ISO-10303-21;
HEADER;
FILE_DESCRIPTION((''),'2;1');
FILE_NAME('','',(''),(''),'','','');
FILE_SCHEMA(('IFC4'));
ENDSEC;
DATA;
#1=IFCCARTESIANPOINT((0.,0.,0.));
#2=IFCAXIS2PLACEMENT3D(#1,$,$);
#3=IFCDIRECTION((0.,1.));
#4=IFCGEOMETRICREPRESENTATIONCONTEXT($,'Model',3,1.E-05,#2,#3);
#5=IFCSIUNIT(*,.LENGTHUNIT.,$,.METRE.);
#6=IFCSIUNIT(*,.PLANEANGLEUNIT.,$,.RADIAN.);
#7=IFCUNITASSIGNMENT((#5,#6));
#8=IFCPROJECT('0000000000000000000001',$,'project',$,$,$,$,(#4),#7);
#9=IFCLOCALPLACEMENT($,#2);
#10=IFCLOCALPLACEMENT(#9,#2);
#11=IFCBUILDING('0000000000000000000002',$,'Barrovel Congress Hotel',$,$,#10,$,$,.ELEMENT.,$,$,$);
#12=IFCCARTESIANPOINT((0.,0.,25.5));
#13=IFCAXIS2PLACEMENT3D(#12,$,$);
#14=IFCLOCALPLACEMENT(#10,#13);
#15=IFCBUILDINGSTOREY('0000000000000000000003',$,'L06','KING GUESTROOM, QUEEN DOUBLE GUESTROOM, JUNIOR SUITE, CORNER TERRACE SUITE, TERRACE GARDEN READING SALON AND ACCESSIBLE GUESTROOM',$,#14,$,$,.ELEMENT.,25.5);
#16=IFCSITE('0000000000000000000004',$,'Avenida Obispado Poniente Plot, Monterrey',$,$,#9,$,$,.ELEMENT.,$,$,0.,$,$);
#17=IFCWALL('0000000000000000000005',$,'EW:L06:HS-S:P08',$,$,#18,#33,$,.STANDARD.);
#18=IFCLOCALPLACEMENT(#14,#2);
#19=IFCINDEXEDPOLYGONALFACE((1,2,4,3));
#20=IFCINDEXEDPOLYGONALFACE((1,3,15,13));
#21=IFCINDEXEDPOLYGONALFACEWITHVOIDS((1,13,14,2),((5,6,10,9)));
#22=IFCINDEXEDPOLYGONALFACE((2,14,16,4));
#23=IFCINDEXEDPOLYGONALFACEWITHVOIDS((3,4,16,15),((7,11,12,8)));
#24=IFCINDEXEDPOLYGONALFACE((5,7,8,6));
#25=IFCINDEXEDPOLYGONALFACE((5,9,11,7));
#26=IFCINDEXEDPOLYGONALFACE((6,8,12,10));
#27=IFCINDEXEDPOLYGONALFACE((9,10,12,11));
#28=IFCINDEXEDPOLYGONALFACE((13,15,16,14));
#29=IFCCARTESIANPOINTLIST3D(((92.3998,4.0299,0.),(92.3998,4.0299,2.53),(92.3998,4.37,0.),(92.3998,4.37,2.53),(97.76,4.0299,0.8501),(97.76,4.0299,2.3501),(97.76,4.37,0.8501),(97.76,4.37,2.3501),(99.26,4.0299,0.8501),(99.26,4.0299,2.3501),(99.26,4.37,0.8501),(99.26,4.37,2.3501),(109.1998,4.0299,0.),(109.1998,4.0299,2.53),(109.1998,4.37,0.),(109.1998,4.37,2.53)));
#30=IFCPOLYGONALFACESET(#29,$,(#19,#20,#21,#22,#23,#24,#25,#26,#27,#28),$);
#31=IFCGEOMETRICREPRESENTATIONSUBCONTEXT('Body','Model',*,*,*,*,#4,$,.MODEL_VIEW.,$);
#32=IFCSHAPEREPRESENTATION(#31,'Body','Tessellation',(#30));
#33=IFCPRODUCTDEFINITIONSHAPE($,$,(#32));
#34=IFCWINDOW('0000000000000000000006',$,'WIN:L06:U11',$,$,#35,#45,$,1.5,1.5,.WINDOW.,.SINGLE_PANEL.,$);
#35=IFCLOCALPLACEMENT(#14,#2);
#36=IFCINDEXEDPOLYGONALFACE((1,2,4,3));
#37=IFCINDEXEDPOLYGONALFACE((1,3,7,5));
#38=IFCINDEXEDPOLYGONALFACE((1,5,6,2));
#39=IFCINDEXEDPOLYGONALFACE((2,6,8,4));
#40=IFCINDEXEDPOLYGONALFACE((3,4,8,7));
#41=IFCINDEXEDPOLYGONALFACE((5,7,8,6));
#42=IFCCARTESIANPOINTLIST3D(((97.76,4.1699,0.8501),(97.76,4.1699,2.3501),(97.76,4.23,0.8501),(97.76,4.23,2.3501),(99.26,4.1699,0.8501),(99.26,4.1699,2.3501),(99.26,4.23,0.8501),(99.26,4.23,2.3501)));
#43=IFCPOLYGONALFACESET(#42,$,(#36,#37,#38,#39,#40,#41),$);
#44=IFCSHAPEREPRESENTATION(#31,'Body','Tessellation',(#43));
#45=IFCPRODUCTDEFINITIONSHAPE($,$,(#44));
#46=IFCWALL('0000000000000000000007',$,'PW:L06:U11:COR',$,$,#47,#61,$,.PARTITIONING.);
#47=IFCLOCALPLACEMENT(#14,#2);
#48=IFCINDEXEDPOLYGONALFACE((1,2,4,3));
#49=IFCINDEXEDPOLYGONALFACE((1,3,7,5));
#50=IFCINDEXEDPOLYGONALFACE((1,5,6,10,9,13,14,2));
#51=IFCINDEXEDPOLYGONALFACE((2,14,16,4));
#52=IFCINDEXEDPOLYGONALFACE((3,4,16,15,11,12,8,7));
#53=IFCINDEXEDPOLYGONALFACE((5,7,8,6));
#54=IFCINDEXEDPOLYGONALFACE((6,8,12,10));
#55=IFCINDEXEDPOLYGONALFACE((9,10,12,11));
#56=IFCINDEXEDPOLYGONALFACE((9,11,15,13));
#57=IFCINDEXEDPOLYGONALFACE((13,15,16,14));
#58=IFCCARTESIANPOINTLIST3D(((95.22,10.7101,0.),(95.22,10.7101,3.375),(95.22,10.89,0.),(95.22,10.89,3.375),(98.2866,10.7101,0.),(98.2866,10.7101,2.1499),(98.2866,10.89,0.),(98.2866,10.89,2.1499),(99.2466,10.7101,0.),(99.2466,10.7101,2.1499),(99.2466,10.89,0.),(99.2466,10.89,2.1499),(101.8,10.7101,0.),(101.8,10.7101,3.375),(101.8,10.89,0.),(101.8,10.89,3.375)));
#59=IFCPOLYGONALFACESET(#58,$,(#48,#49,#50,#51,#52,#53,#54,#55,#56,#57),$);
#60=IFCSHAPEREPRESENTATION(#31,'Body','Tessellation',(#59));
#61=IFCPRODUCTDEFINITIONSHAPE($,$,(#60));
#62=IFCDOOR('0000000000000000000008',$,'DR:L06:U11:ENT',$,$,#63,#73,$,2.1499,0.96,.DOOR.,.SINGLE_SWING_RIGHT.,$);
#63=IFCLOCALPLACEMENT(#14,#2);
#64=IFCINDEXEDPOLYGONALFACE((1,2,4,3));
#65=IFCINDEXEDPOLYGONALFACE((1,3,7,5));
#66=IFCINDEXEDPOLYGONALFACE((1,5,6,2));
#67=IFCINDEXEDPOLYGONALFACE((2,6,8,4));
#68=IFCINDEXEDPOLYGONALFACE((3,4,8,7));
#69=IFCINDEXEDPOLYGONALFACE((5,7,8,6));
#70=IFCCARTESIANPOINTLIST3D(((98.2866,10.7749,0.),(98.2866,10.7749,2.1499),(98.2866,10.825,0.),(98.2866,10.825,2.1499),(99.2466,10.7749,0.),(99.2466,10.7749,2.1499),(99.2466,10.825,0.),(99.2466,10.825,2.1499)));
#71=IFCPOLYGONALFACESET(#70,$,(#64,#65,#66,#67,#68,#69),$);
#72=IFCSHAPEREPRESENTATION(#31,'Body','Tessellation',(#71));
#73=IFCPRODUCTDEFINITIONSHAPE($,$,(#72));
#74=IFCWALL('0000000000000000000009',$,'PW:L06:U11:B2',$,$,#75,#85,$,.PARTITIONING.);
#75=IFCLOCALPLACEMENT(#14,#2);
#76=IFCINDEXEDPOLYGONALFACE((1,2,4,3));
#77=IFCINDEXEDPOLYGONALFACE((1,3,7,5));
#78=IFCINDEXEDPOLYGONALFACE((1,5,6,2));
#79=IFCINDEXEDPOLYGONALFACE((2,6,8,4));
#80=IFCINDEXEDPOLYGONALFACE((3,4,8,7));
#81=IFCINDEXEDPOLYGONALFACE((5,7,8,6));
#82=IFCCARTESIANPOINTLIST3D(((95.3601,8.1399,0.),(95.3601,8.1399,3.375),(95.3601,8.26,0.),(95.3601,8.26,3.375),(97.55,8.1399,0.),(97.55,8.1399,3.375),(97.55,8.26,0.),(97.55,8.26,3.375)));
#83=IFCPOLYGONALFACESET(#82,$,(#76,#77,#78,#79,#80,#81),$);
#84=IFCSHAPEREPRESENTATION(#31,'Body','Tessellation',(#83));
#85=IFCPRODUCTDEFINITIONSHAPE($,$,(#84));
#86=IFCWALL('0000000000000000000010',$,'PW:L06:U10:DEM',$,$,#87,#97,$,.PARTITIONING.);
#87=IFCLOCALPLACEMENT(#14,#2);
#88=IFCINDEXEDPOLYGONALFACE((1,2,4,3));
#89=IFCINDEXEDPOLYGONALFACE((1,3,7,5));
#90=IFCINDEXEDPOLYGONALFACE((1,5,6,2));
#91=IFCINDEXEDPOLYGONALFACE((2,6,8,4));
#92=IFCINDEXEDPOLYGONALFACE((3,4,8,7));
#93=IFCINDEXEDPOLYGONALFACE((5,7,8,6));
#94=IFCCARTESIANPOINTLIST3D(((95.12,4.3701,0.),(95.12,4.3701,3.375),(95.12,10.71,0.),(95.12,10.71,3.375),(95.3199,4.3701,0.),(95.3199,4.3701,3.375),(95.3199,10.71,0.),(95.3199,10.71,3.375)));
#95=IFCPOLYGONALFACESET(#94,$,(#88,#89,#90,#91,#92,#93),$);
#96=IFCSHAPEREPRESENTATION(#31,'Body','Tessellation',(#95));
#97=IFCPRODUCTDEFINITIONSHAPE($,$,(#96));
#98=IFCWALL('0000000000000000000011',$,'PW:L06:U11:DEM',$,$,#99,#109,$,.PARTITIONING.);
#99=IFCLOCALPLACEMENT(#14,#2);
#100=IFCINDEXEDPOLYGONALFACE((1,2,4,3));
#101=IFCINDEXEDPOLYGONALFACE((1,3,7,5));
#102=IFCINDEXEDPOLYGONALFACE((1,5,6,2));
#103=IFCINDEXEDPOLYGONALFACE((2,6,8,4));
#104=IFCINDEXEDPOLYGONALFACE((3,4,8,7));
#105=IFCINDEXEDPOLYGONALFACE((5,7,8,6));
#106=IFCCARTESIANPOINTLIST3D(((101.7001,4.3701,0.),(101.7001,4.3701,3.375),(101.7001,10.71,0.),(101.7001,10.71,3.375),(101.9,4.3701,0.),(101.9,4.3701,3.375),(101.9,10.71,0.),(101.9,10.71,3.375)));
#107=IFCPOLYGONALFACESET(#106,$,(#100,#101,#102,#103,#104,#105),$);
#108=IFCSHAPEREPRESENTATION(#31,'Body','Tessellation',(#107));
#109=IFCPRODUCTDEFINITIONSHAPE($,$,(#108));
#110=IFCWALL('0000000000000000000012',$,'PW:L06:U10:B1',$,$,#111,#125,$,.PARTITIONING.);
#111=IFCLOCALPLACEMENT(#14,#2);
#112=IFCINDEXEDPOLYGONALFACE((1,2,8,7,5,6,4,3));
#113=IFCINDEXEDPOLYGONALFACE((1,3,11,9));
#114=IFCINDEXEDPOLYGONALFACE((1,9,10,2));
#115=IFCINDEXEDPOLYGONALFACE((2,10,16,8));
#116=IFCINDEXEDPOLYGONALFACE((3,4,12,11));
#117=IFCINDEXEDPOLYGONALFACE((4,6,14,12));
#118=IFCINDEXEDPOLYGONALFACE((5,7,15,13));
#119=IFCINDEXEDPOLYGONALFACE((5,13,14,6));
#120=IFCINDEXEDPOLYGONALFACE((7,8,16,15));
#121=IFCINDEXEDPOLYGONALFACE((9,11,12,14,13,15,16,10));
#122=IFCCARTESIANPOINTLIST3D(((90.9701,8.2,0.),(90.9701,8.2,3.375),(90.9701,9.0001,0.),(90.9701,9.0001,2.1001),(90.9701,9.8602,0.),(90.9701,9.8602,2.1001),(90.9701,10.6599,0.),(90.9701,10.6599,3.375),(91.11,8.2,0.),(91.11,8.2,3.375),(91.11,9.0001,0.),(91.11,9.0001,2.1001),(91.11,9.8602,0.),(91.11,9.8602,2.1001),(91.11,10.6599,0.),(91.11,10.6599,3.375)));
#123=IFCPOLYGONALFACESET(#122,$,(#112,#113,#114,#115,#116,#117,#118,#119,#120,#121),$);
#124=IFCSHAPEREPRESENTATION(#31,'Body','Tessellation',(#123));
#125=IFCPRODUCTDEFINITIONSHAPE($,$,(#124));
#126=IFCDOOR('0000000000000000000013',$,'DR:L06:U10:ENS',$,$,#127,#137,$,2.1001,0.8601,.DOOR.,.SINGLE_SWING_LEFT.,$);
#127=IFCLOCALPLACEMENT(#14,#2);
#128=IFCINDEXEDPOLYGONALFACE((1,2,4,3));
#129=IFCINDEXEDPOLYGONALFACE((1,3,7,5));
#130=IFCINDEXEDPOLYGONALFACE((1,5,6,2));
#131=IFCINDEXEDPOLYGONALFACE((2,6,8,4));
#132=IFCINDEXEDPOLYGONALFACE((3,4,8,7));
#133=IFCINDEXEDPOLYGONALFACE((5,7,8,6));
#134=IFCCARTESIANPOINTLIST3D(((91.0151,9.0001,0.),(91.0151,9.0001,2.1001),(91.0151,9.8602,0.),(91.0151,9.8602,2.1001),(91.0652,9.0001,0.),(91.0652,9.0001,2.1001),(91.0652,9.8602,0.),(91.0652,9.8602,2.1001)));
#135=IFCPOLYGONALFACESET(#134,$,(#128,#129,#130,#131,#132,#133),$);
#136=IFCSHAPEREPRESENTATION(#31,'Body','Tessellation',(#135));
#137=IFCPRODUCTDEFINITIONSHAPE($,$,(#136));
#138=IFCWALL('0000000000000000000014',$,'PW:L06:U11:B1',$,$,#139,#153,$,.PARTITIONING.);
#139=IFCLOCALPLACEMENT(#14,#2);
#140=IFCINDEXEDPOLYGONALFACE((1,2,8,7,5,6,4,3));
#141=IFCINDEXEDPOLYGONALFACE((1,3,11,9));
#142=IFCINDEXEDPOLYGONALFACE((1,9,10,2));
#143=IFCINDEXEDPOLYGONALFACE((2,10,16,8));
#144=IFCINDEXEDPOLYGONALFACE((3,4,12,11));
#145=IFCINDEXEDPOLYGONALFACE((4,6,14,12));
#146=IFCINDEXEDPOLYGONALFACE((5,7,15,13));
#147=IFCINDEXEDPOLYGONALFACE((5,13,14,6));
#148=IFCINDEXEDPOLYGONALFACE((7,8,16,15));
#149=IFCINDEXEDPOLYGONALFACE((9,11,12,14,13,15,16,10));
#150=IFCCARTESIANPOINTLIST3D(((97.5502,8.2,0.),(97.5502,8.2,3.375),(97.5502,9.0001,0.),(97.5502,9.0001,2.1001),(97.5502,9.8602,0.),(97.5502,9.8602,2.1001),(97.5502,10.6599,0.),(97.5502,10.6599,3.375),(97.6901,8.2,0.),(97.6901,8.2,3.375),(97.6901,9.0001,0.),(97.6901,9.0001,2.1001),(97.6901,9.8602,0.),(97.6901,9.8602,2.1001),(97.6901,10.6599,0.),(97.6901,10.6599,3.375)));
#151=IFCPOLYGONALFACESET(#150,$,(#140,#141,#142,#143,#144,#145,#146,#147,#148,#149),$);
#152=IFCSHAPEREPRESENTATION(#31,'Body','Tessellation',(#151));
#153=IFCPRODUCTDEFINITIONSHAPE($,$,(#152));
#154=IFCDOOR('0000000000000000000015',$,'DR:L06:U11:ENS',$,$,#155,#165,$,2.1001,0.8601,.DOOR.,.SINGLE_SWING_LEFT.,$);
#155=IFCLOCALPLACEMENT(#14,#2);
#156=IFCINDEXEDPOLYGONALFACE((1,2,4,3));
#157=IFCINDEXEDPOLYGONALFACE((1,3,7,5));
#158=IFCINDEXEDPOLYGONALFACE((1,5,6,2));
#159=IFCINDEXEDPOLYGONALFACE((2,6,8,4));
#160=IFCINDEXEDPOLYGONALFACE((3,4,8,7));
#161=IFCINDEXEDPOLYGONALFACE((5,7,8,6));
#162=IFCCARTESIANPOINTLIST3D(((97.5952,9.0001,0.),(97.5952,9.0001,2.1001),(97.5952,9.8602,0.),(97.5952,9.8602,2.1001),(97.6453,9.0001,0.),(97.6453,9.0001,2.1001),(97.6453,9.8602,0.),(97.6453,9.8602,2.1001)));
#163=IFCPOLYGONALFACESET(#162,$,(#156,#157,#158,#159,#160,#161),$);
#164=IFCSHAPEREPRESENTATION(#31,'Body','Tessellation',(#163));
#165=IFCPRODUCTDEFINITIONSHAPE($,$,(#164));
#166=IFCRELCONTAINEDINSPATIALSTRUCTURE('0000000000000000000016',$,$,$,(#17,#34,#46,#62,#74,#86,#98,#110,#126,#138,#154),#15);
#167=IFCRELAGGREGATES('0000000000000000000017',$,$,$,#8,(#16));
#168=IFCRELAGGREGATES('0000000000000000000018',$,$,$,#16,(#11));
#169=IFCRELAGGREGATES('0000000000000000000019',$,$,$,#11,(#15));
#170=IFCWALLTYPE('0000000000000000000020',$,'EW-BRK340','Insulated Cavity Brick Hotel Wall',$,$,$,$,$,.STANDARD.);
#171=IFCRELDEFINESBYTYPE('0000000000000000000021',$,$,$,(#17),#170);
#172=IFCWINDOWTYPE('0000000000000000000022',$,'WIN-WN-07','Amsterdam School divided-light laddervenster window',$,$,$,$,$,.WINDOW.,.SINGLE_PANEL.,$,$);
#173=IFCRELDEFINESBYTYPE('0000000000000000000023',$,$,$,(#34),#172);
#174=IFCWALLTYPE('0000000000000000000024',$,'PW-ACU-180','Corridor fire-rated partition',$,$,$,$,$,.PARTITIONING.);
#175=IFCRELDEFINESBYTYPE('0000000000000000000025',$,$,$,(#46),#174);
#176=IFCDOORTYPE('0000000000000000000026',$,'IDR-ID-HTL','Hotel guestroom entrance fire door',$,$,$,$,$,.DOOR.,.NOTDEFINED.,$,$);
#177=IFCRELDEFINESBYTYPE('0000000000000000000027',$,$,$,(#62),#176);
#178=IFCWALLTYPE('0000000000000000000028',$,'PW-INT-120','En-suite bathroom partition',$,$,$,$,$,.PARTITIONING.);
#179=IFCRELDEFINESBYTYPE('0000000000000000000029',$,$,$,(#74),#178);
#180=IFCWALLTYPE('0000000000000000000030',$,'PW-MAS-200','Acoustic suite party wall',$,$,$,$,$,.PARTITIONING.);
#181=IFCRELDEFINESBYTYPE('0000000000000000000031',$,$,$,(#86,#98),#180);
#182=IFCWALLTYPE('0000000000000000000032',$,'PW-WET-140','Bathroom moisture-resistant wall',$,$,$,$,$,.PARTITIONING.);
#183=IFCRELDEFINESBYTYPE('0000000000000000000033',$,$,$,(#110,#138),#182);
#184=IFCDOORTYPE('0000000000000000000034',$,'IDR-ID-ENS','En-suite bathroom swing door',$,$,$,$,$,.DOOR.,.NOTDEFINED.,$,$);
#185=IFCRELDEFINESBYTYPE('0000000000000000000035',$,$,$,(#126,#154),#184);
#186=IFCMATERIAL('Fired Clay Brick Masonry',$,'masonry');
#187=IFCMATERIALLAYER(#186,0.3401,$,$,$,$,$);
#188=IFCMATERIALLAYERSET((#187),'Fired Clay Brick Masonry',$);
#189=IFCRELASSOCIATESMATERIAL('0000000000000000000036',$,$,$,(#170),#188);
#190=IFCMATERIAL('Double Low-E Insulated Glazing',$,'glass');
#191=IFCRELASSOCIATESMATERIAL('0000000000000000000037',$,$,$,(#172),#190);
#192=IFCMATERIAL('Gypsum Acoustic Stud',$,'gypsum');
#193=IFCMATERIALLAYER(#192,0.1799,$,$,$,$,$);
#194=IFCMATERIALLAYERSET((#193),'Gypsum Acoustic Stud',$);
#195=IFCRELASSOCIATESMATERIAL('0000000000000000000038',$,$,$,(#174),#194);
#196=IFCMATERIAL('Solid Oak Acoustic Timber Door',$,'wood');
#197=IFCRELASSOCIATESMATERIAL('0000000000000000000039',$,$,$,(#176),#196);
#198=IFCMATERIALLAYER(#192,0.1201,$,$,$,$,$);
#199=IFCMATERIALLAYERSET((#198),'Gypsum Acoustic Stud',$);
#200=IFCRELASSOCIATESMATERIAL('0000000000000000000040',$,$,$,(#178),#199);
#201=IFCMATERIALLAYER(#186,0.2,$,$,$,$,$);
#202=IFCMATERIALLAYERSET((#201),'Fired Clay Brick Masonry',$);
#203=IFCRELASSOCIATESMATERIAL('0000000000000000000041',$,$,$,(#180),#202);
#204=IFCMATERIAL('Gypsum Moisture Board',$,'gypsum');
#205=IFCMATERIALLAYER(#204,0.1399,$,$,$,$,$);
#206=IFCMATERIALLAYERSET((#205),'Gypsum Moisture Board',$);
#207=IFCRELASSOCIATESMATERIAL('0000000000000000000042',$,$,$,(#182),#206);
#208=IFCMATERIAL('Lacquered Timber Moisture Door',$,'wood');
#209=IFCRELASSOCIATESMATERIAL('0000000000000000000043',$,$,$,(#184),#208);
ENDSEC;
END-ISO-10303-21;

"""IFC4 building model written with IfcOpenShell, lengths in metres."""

from ifc_helpers import new_model, si_unit, direction, frame, frame_2d, origin, place, context, subcontext, project, spatial, rectangle, extrude, material, layer, layer_set, type_object, element, fill, save


model = new_model("IFC4")

# Units and contexts
model_context = context("Model", 3, precision=1e-05, world=origin(), true_north=direction((0.0, 1.0)))
body_context = subcontext(model_context, "Body", "Model", "MODEL_VIEW")
ifc_project = project(units=[si_unit("LENGTHUNIT", "METRE"), si_unit("PLANEANGLEUNIT", "RADIAN")], contexts=[model_context])

# Site, building, storey
site_placement = place(None, origin())
site = spatial("IfcSite", under=ifc_project, at=site_placement, Name="Avenida Obispado Poniente Plot, Monterrey", CompositionType="ELEMENT", RefElevation=0.0)
building_placement = place(site_placement, origin())
building = spatial("IfcBuilding", under=site, at=building_placement, Name="Barrovel Congress Hotel", CompositionType="ELEMENT")
storey_placement = place(building_placement, frame((0.0, 0.0, 25.5)))
storey = spatial("IfcBuildingStorey", under=building, at=storey_placement, Name="L06", Description="KING GUESTROOM, QUEEN DOUBLE GUESTROOM, JUNIOR SUITE, CORNER TERRACE SUITE, TERRACE GARDEN READING SALON AND ACCESSIBLE GUESTROOM", CompositionType="ELEMENT", Elevation=25.5)

# Wall, opening, window
ifc_material_1 = material(Name="Fired Clay Brick Masonry", Category="masonry")
ifc_layer_1 = layer(ifc_material_1, 0.3401)
ifc_layer_set_1 = layer_set([ifc_layer_1], Name="Fired Clay Brick Masonry")
wall_type_1 = type_object("IfcWallType", Name="EW-BRK340", Description="Insulated Cavity Brick Hotel Wall", PredefinedType="STANDARD", material=ifc_layer_set_1)
wall_1_placement = place(storey_placement, frame((92.3999, 4.2, 0.0), z_axis=(0.0, 0.0, 1.0), x_axis=(1.0, 0.0, 0.0)))
wall_1 = element("IfcWall", 1, at=wall_1_placement, inside=storey, type_object=wall_type_1, Name="EW:L06:HS-S:P08", PredefinedType="STANDARD", context=body_context, shape_type="SweptSolid", body=[
    extrude(rectangle(XDim=16.8, YDim=0.3401, at=frame_2d((8.3999, 0.0))), origin(), (0.0, 0.0, 1.0), 2.53),
])
opening_1_placement = place(wall_1_placement, frame((5.3601, 0.0, 0.8501)))
opening_1 = element("IfcOpeningElement", 2, at=opening_1_placement, cuts=wall_1, PredefinedType="OPENING", context=body_context, shape_type="SweptSolid", body=[
    extrude(rectangle(XDim=1.5, YDim=1.5, at=frame_2d((0.75, 0.75))), frame((0.0, 0.1802, 0.0), z_axis=(0.0, -1.0, 0.0), x_axis=(1.0, 0.0, 0.0)), (0.0, 0.0, 1.0), 0.3601),
])
ifc_material_2 = material(Name="Double Low-E Insulated Glazing", Category="glass")
window_type = type_object("IfcWindowType", Name="WIN-WN-07", Description="Amsterdam School divided-light laddervenster window", PartitioningType="SINGLE_PANEL", PredefinedType="WINDOW", material=ifc_material_2)
window_placement = place(opening_1_placement, origin())
window = element("IfcWindow", 3, at=window_placement, inside=storey, type_object=window_type, Name="WIN:L06:U11", OverallHeight=1.5, OverallWidth=1.5, PartitioningType="SINGLE_PANEL", PredefinedType="WINDOW", context=body_context, shape_type="SweptSolid", body=[
    extrude(rectangle(XDim=1.5, YDim=1.5, at=frame_2d((0.75, 0.75))), frame((0.0, 0.03, 0.0), z_axis=(0.0, -1.0, 0.0), x_axis=(1.0, 0.0, 0.0)), (0.0, 0.0, 1.0), 0.0601),
])
fill(opening_1, window)

# Wall, opening, door
ifc_material_3 = material(Name="Gypsum Acoustic Stud", Category="gypsum")
ifc_layer_2 = layer(ifc_material_3, 0.1799)
ifc_layer_set_2 = layer_set([ifc_layer_2], Name="Gypsum Acoustic Stud")
wall_type_2 = type_object("IfcWallType", Name="PW-ACU-180", Description="Corridor fire-rated partition", PredefinedType="PARTITIONING", material=ifc_layer_set_2)
wall_2_placement = place(storey_placement, frame((95.22, 10.8, 0.0), z_axis=(0.0, 0.0, 1.0), x_axis=(1.0, 0.0, 0.0)))
wall_2 = element("IfcWall", 4, at=wall_2_placement, inside=storey, type_object=wall_type_2, Name="PW:L06:U11:COR", PredefinedType="PARTITIONING", context=body_context, shape_type="SweptSolid", body=[
    extrude(rectangle(XDim=6.5801, YDim=0.1799, at=frame_2d((3.29, 0.0))), origin(), (0.0, 0.0, 1.0), 3.375),
])
opening_2_placement = place(wall_2_placement, frame((3.0667, 0.0, 0.0)))
opening_2 = element("IfcOpeningElement", 5, at=opening_2_placement, cuts=wall_2, PredefinedType="OPENING", context=body_context, shape_type="SweptSolid", body=[
    extrude(rectangle(XDim=0.96, YDim=2.1499, at=frame_2d((0.48, 1.075))), frame((0.0, 0.1001, 0.0), z_axis=(0.0, -1.0, 0.0), x_axis=(1.0, 0.0, 0.0)), (0.0, 0.0, 1.0), 0.2),
])
ifc_material_4 = material(Name="Solid Oak Acoustic Timber Door", Category="wood")
door_type_1 = type_object("IfcDoorType", Name="IDR-ID-HTL", Description="Hotel guestroom entrance fire door", OperationType="NOTDEFINED", PredefinedType="DOOR", material=ifc_material_4)
door_1_placement = place(opening_2_placement, origin())
door_1 = element("IfcDoor", 6, at=door_1_placement, inside=storey, type_object=door_type_1, Name="DR:L06:U11:ENT", OperationType="SINGLE_SWING_RIGHT", OverallHeight=2.1499, OverallWidth=0.96, PredefinedType="DOOR", context=body_context, shape_type="SweptSolid", body=[
    extrude(rectangle(XDim=0.96, YDim=2.1499, at=frame_2d((0.48, 1.075))), frame((0.0, 0.0249, 0.0), z_axis=(0.0, -1.0, 0.0), x_axis=(1.0, 0.0, 0.0)), (0.0, 0.0, 1.0), 0.05),
])
fill(opening_2, door_1)

# Walls
ifc_layer_3 = layer(ifc_material_3, 0.1201)
ifc_layer_set_3 = layer_set([ifc_layer_3], Name="Gypsum Acoustic Stud")
wall_type_3 = type_object("IfcWallType", Name="PW-INT-120", Description="En-suite bathroom partition", PredefinedType="PARTITIONING", material=ifc_layer_set_3)
wall_3_placement = place(storey_placement, frame((95.3601, 8.2, 0.0), z_axis=(0.0, 0.0, 1.0), x_axis=(1.0, 0.0, 0.0)))
element("IfcWall", 7, at=wall_3_placement, inside=storey, type_object=wall_type_3, Name="PW:L06:U11:B2", PredefinedType="PARTITIONING", context=body_context, shape_type="SweptSolid", body=[
    extrude(rectangle(XDim=2.1899, YDim=0.1201, at=frame_2d((1.095, 0.0))), origin(), (0.0, 0.0, 1.0), 3.375),
])
ifc_layer_4 = layer(ifc_material_1, 0.2)
ifc_layer_set_4 = layer_set([ifc_layer_4], Name="Fired Clay Brick Masonry")
wall_type_4 = type_object("IfcWallType", Name="PW-MAS-200", Description="Acoustic suite party wall", PredefinedType="PARTITIONING", material=ifc_layer_set_4)
for number, where, z_axis, x_axis, name in (
    (8, (95.22, 4.3701, 0.0), (0.0, 0.0, 1.0), (0.0, 1.0, 0.0), "PW:L06:U10:DEM"),
    (9, (101.8, 4.3701, 0.0), (0.0, 0.0, 1.0), (0.0, 1.0, 0.0), "PW:L06:U11:DEM"),
):
    element("IfcWall", number, at=place(storey_placement, frame(where, z_axis=z_axis, x_axis=x_axis)), inside=storey, type_object=wall_type_4, Name=name, PredefinedType="PARTITIONING", context=body_context, shape_type="SweptSolid", body=[
        extrude(rectangle(XDim=6.3398, YDim=0.2, at=frame_2d((3.1699, 0.0))), origin(), (0.0, 0.0, 1.0), 3.375),
    ])

# Walls, openings, doors
ifc_material_5 = material(Name="Gypsum Moisture Board", Category="gypsum")
ifc_layer_5 = layer(ifc_material_5, 0.1399)
ifc_layer_set_5 = layer_set([ifc_layer_5], Name="Gypsum Moisture Board")
wall_type_5 = type_object("IfcWallType", Name="PW-WET-140", Description="Bathroom moisture-resistant wall", PredefinedType="PARTITIONING", material=ifc_layer_set_5)
wall_4_placement = place(storey_placement, frame((91.04, 8.2, 0.0), z_axis=(0.0, 0.0, 1.0), x_axis=(0.0, 1.0, 0.0)))
wall_4 = element("IfcWall", 10, at=wall_4_placement, inside=storey, type_object=wall_type_5, Name="PW:L06:U10:B1", PredefinedType="PARTITIONING", context=body_context, shape_type="SweptSolid", body=[
    extrude(rectangle(XDim=2.46, YDim=0.1399, at=frame_2d((1.23, 0.0))), origin(), (0.0, 0.0, 1.0), 3.375),
])
opening_3_placement = place(wall_4_placement, frame((0.8, 0.0, 0.0)))
opening_3 = element("IfcOpeningElement", 11, at=opening_3_placement, cuts=wall_4, PredefinedType="OPENING", context=body_context, shape_type="SweptSolid", body=[
    extrude(rectangle(XDim=0.8601, YDim=2.1001, at=frame_2d((0.4302, 1.05))), frame((0.0, 0.0801, 0.0), z_axis=(0.0, -1.0, 0.0), x_axis=(1.0, 0.0, 0.0)), (0.0, 0.0, 1.0), 0.1599),
])
ifc_material_6 = material(Name="Lacquered Timber Moisture Door", Category="wood")
door_type_2 = type_object("IfcDoorType", Name="IDR-ID-ENS", Description="En-suite bathroom swing door", OperationType="NOTDEFINED", PredefinedType="DOOR", material=ifc_material_6)
door_2_placement = place(opening_3_placement, origin())
door_2 = element("IfcDoor", 12, at=door_2_placement, inside=storey, type_object=door_type_2, Name="DR:L06:U10:ENS", OperationType="SINGLE_SWING_LEFT", OverallHeight=2.1001, OverallWidth=0.8601, PredefinedType="DOOR", context=body_context, shape_type="SweptSolid", body=[
    extrude(rectangle(XDim=0.8601, YDim=2.1001, at=frame_2d((0.4302, 1.05))), frame((0.0, 0.0249, 0.0), z_axis=(0.0, -1.0, 0.0), x_axis=(1.0, 0.0, 0.0)), (0.0, 0.0, 1.0), 0.05),
])
fill(opening_3, door_2)
wall_5_placement = place(storey_placement, frame((97.6201, 8.2, 0.0), z_axis=(0.0, 0.0, 1.0), x_axis=(0.0, 1.0, 0.0)))
wall_5 = element("IfcWall", 13, at=wall_5_placement, inside=storey, type_object=wall_type_5, Name="PW:L06:U11:B1", PredefinedType="PARTITIONING", context=body_context, shape_type="SweptSolid", body=[
    extrude(rectangle(XDim=2.46, YDim=0.1399, at=frame_2d((1.23, 0.0))), origin(), (0.0, 0.0, 1.0), 3.375),
])
opening_4_placement = place(wall_5_placement, frame((0.8, 0.0, 0.0)))
opening_4 = element("IfcOpeningElement", 14, at=opening_4_placement, cuts=wall_5, PredefinedType="OPENING", context=body_context, shape_type="SweptSolid", body=[
    extrude(rectangle(XDim=0.8601, YDim=2.1001, at=frame_2d((0.4302, 1.05))), frame((0.0, 0.0801, 0.0), z_axis=(0.0, -1.0, 0.0), x_axis=(1.0, 0.0, 0.0)), (0.0, 0.0, 1.0), 0.1599),
])
door_3_placement = place(opening_4_placement, origin())
door_3 = element("IfcDoor", 15, at=door_3_placement, inside=storey, type_object=door_type_2, Name="DR:L06:U11:ENS", OperationType="SINGLE_SWING_LEFT", OverallHeight=2.1001, OverallWidth=0.8601, PredefinedType="DOOR", context=body_context, shape_type="SweptSolid", body=[
    extrude(rectangle(XDim=0.8601, YDim=2.1001, at=frame_2d((0.4302, 1.05))), frame((0.0, 0.0249, 0.0), z_axis=(0.0, -1.0, 0.0), x_axis=(1.0, 0.0, 0.0)), (0.0, 0.0, 1.0), 0.05),
])
fill(opening_4, door_3)

save(model, "model.ifc")
